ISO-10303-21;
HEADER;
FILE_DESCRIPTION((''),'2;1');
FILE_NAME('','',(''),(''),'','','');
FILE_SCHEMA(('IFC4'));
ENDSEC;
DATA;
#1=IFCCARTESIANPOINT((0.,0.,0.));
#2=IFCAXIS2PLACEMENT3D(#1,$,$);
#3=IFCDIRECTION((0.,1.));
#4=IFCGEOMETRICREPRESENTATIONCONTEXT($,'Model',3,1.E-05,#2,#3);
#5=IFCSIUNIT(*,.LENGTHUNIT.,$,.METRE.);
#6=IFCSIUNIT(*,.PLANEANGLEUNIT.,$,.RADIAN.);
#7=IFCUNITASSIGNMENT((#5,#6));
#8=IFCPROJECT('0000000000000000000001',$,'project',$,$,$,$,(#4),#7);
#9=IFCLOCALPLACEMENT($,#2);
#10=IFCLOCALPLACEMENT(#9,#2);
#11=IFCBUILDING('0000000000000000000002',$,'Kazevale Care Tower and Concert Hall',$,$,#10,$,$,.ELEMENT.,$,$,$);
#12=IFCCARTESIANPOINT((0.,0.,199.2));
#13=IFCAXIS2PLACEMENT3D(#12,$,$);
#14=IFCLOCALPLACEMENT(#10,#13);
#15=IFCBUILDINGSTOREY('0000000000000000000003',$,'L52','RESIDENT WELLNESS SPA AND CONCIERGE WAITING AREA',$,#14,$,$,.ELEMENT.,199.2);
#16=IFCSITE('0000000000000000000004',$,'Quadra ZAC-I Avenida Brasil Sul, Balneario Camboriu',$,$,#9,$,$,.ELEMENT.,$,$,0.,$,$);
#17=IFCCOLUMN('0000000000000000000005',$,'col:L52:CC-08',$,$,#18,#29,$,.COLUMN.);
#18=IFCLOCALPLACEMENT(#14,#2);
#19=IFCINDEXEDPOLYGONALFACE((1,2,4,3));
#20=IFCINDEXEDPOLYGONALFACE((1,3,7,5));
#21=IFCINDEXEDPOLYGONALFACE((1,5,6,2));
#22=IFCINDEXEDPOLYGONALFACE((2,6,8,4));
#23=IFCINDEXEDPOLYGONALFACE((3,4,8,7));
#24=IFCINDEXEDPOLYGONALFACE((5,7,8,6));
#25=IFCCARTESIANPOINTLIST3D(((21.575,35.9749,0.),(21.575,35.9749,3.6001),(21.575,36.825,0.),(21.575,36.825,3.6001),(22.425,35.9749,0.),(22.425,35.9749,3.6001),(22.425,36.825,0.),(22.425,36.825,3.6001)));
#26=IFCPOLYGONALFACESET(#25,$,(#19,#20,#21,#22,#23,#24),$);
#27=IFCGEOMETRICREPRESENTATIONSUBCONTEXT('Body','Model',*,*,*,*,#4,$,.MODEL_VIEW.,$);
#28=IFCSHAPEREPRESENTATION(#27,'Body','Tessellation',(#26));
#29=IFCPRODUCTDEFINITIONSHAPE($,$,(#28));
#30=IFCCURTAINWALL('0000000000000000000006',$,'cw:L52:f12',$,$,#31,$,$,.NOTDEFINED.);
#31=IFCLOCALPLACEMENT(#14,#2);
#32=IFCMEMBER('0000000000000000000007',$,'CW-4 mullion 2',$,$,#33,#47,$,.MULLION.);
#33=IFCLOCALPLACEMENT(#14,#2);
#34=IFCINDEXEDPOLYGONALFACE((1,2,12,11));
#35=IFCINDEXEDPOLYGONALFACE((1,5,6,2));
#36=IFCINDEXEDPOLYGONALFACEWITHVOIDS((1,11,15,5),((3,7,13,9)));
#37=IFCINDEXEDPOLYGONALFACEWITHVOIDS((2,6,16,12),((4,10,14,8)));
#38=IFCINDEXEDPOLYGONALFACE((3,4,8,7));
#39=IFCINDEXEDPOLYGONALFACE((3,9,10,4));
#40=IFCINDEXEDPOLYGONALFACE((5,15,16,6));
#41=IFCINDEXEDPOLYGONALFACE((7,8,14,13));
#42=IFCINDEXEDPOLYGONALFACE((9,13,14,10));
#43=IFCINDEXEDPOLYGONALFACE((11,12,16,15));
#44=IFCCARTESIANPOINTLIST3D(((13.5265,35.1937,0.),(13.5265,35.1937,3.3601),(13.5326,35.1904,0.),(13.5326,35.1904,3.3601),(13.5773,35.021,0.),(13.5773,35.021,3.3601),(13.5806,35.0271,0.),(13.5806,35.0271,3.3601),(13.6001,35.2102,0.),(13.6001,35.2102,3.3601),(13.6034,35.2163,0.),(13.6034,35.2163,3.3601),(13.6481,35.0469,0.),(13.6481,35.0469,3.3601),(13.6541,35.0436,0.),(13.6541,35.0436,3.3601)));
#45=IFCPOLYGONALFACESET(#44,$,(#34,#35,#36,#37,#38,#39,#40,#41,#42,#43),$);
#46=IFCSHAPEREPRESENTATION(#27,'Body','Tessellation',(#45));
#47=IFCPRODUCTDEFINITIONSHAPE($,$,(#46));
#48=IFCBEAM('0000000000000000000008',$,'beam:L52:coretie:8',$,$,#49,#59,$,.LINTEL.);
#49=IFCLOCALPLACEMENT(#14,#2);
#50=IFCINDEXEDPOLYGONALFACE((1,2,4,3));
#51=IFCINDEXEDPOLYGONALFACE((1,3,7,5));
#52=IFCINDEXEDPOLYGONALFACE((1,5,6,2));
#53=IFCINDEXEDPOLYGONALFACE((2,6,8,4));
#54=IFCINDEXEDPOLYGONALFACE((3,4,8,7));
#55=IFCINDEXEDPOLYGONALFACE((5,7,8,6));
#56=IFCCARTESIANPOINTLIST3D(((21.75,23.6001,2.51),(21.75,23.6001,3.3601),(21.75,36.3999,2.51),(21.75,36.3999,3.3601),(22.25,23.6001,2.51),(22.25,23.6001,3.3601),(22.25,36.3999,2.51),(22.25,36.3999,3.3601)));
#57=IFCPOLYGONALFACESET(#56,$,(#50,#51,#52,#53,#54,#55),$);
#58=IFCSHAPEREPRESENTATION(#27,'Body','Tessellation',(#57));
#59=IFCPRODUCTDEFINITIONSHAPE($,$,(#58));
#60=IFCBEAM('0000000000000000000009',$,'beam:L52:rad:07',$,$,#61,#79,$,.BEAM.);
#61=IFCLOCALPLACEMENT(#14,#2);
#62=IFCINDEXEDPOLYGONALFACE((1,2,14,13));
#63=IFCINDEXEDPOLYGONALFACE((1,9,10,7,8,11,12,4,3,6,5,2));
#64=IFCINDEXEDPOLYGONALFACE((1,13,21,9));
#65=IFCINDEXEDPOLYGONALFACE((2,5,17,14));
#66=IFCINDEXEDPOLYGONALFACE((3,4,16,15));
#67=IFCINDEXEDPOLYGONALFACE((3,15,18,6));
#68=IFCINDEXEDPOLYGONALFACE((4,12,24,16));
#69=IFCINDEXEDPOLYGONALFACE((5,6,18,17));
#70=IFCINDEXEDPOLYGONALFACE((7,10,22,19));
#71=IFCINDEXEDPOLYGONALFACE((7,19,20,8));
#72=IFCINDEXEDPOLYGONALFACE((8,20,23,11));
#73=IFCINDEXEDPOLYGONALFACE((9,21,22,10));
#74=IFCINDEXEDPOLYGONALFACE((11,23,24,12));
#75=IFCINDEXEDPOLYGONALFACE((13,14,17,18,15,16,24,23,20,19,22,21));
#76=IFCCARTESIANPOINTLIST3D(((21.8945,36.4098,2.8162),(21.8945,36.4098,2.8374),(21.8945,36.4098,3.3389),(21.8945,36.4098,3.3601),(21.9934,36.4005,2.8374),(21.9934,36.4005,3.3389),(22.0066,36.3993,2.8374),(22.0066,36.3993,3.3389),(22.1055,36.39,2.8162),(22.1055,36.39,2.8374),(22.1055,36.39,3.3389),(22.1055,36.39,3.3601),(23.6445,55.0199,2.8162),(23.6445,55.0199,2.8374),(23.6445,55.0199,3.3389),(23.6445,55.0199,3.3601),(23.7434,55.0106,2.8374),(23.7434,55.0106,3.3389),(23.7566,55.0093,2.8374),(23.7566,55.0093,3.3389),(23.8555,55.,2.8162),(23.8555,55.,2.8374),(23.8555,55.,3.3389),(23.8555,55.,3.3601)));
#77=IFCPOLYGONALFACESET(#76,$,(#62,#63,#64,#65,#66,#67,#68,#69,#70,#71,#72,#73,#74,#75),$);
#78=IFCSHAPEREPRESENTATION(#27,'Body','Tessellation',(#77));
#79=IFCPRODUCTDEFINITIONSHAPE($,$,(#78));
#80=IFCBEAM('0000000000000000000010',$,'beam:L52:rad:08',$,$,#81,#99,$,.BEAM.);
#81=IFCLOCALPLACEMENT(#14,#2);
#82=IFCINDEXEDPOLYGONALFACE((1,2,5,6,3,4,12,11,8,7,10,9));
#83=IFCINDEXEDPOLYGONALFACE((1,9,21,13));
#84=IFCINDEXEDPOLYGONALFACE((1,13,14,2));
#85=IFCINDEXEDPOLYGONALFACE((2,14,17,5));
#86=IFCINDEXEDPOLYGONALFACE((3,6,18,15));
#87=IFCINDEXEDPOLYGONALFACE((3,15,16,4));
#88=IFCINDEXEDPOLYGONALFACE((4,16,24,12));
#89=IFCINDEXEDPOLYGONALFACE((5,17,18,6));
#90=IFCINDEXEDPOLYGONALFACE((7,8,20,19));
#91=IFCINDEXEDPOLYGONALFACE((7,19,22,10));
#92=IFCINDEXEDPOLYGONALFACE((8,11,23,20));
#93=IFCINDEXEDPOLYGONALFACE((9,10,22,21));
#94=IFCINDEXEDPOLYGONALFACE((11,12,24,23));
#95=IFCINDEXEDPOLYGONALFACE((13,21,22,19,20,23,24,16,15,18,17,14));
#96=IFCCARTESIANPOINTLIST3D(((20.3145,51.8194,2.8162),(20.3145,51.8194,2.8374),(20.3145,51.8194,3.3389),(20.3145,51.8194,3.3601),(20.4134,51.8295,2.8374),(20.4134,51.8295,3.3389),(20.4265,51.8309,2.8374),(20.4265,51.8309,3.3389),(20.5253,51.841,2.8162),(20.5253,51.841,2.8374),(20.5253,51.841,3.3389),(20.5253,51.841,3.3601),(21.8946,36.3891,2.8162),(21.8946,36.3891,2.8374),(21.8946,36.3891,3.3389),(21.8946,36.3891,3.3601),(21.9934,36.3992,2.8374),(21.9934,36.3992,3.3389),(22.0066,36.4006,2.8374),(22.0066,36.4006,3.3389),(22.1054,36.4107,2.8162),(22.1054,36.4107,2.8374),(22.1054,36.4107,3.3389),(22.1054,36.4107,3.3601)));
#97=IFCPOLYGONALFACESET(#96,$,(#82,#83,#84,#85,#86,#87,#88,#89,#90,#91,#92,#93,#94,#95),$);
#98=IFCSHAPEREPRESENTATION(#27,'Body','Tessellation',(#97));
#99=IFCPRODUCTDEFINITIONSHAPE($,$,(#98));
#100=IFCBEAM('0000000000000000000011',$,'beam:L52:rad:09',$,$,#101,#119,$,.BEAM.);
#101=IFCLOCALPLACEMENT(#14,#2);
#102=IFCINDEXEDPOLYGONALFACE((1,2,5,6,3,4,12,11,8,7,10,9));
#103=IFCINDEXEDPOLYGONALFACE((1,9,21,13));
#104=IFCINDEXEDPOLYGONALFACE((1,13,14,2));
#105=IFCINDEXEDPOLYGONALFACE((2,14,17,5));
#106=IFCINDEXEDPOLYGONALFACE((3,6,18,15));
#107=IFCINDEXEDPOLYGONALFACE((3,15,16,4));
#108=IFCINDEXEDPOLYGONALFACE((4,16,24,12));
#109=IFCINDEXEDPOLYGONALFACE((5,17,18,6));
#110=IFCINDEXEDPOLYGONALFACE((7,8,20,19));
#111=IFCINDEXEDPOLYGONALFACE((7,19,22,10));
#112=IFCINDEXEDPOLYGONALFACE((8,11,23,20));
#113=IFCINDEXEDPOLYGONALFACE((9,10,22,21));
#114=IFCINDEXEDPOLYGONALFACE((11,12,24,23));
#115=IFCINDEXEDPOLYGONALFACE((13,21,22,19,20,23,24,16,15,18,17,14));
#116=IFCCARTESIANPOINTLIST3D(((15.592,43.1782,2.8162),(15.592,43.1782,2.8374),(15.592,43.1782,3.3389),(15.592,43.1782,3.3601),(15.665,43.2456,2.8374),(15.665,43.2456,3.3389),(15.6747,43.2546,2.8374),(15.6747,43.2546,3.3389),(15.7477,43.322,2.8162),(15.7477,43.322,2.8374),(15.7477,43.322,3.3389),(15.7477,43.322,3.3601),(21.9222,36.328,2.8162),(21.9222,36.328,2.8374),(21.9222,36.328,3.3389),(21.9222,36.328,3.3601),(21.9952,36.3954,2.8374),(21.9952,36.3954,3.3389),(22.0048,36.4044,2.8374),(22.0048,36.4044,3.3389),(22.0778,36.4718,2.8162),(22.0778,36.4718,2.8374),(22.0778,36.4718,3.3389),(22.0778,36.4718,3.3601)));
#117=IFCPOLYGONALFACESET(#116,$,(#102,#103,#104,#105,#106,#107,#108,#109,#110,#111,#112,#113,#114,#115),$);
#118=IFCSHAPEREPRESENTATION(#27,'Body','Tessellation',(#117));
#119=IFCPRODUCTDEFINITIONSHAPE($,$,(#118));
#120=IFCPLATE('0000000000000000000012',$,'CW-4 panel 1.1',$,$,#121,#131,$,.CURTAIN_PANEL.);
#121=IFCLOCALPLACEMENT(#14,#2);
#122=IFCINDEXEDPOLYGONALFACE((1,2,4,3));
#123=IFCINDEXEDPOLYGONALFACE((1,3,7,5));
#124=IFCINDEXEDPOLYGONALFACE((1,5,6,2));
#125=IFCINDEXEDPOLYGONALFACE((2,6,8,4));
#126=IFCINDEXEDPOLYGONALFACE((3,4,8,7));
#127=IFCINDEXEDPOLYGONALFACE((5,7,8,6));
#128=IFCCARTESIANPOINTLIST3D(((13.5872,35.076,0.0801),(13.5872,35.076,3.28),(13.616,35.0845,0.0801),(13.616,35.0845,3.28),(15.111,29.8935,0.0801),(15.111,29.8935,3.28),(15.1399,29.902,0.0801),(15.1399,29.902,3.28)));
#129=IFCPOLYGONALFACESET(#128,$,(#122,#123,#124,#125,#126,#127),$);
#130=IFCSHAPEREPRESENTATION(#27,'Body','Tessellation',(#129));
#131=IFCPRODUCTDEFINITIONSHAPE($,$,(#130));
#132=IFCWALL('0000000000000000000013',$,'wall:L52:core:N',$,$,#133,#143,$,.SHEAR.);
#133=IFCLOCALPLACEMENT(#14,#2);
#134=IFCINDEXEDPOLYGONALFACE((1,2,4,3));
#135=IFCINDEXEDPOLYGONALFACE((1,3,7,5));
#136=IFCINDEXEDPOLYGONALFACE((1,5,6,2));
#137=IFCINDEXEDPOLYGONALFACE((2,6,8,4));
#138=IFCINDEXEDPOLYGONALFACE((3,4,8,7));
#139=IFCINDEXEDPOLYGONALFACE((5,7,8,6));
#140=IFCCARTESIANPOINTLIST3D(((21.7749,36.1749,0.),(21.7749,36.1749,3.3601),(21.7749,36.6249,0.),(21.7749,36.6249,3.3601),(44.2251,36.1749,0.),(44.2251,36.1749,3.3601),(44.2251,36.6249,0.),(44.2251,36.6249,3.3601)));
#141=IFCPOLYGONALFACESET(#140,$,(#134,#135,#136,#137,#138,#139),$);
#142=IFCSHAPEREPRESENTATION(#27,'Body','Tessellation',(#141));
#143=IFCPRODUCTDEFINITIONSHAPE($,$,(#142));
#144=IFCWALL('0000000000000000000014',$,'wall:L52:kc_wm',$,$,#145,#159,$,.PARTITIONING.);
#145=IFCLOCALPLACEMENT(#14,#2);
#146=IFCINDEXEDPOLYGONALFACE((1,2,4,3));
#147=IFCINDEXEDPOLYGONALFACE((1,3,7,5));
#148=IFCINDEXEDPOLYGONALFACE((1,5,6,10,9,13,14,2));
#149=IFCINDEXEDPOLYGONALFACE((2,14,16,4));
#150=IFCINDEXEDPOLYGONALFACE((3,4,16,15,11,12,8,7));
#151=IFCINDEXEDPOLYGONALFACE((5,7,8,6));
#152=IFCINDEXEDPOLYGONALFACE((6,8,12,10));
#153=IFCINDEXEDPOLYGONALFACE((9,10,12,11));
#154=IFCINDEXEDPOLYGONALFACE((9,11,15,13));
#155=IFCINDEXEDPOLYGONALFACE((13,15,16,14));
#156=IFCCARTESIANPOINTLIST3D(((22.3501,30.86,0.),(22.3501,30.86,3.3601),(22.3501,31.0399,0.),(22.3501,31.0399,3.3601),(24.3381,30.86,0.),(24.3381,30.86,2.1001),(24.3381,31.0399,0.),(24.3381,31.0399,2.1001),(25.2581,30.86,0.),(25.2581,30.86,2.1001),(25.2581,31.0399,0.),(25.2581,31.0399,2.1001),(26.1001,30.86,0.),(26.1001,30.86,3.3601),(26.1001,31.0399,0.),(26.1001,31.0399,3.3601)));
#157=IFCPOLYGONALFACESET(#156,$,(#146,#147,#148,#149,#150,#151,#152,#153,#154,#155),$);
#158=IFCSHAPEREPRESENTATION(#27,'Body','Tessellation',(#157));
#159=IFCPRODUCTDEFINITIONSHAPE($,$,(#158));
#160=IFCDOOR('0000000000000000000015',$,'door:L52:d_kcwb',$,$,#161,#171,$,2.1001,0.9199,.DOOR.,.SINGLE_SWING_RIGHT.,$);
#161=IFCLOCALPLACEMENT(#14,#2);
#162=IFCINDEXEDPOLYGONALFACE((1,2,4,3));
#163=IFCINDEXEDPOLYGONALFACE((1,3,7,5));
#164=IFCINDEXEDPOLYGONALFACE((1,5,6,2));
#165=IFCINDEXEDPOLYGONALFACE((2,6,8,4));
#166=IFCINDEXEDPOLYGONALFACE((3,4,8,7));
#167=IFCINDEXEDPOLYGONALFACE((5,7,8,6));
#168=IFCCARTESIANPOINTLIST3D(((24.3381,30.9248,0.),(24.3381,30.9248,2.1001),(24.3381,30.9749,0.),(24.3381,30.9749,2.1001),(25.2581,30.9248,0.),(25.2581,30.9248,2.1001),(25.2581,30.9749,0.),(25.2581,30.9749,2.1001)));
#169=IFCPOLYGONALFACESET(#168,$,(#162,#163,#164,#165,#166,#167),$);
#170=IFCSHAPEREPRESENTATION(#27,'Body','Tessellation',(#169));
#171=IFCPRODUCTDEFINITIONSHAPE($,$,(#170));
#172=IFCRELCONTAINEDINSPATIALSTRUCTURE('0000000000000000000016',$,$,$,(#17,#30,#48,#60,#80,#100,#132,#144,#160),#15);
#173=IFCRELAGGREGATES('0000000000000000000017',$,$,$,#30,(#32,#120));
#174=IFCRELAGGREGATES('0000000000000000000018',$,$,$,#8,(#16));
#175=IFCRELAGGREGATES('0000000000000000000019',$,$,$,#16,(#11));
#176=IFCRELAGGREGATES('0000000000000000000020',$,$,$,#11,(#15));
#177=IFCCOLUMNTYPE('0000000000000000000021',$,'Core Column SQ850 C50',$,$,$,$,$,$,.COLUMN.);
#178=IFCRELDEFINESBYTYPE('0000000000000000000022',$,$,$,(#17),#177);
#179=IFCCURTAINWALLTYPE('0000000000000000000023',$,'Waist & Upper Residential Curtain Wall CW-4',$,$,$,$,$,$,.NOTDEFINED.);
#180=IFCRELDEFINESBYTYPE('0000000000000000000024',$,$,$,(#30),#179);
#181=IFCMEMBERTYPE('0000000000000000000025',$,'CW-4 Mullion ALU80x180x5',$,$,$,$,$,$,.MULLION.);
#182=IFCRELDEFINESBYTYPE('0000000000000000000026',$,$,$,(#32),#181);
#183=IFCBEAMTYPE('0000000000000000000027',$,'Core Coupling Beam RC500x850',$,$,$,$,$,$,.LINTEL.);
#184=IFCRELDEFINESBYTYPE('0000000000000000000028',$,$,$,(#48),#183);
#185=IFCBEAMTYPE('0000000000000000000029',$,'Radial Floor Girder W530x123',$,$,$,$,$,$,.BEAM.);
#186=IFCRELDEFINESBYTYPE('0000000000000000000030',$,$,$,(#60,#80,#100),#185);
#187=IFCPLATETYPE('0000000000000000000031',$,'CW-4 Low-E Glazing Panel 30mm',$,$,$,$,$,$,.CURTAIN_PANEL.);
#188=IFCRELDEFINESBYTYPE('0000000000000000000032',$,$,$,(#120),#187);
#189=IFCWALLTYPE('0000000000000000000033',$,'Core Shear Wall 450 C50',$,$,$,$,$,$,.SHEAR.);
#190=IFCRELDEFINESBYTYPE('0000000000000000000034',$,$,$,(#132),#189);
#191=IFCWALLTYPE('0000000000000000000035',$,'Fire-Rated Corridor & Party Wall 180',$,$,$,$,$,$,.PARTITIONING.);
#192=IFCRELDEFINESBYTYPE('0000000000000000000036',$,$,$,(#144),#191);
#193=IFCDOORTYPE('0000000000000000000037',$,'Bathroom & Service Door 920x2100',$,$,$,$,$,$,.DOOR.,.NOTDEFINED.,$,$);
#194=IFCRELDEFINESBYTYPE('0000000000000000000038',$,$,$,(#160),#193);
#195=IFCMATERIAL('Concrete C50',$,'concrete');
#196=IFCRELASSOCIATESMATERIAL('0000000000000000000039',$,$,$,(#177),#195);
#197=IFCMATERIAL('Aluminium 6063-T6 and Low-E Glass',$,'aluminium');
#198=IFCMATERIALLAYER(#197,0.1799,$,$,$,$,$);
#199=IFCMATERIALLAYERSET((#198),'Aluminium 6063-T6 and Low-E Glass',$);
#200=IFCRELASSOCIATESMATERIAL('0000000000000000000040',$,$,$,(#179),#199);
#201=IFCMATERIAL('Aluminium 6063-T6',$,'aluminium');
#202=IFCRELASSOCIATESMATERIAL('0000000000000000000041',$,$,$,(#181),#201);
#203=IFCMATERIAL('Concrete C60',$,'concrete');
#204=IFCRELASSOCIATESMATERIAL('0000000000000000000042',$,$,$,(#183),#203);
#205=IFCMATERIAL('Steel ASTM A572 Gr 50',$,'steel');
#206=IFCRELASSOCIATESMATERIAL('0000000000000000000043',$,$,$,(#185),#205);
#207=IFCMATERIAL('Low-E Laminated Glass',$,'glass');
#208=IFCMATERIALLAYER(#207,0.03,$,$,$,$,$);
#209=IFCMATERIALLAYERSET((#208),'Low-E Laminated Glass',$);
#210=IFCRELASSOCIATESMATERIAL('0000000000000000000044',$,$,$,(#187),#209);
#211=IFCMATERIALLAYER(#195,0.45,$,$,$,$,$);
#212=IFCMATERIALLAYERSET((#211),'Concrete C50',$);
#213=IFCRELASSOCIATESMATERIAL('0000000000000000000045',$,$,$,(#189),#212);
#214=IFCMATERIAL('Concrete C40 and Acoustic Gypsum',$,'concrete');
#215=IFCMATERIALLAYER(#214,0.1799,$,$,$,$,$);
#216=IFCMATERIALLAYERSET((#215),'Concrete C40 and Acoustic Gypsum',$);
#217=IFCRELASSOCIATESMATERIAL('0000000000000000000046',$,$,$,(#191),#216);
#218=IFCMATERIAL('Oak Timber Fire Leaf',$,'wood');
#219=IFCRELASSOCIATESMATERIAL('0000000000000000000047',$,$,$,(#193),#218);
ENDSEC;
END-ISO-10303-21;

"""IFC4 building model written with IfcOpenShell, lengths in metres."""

from ifc_helpers import new_model, si_unit, direction, frame, frame_2d, origin, origin_2d, place, context, subcontext, project, spatial, rectangle, hollow_rectangle, i_section, extrude, material, layer, layer_set, material_profile, profile_set, type_object, element, fill, aggregate, save


model = new_model("IFC4")

# Units and contexts
model_context = context("Model", 3, precision=1e-05, world=origin(), true_north=direction((0.0, 1.0)))
body_context = subcontext(model_context, "Body", "Model", "MODEL_VIEW")
ifc_project = project(units=[si_unit("LENGTHUNIT", "METRE"), si_unit("PLANEANGLEUNIT", "RADIAN")], contexts=[model_context])

# Site, building, storey
site_placement = place(None, origin())
site = spatial("IfcSite", under=ifc_project, at=site_placement, Name="Quadra ZAC-I Avenida Brasil Sul, Balneario Camboriu", CompositionType="ELEMENT", RefElevation=0.0)
building_placement = place(site_placement, origin())
building = spatial("IfcBuilding", under=site, at=building_placement, Name="Kazevale Care Tower and Concert Hall", CompositionType="ELEMENT")
storey_placement = place(building_placement, frame((0.0, 0.0, 199.2)))
storey = spatial("IfcBuildingStorey", under=building, at=storey_placement, Name="L52", Description="RESIDENT WELLNESS SPA AND CONCIERGE WAITING AREA", CompositionType="ELEMENT", Elevation=199.2)

# Column
ifc_material_1 = material(Name="Concrete C50", Category="concrete")
ifc_material_profile_1 = material_profile(ifc_material_1, rectangle(XDim=0.8501, YDim=0.8501, at=origin_2d()), Name="RC-SQ850")
ifc_profile_set_1 = profile_set([ifc_material_profile_1], Name="Concrete C50")
column_type = type_object("IfcColumnType", Name="Core Column SQ850 C50", PredefinedType="COLUMN", material=ifc_profile_set_1)
column_placement = place(storey_placement, frame((22.0, 36.3999, 0.0), z_axis=(0.0, 0.0, 1.0), x_axis=(1.0, 0.0, 0.0)))
element("IfcColumn", 1, at=column_placement, inside=storey, type_object=column_type, Name="col:L52:CC-08", PredefinedType="COLUMN", context=body_context, shape_type="SweptSolid", body=[
    extrude(rectangle(XDim=0.8501, YDim=0.8501, at=origin_2d()), origin(), (0.0, 0.0, 1.0), 3.6001),
])

# Curtain wall, member
ifc_material_2 = material(Name="Aluminium 6063-T6 and Low-E Glass", Category="aluminium")
ifc_layer_1 = layer(ifc_material_2, 0.1799)
ifc_layer_set_1 = layer_set([ifc_layer_1], Name="Aluminium 6063-T6 and Low-E Glass")
curtain_wall_type = type_object("IfcCurtainWallType", Name="Waist & Upper Residential Curtain Wall CW-4", PredefinedType="NOTDEFINED", material=ifc_layer_set_1)
curtain_wall_placement = place(storey_placement, origin())
curtain_wall = element("IfcCurtainWall", 2, at=curtain_wall_placement, inside=storey, type_object=curtain_wall_type, Name="cw:L52:f12", PredefinedType="NOTDEFINED")
ifc_material_3 = material(Name="Aluminium 6063-T6", Category="aluminium")
ifc_material_profile_2 = material_profile(ifc_material_3, hollow_rectangle(XDim=0.0801, YDim=0.1799, WallThickness=0.0049, at=origin_2d()), Name="ALU80x180x5")
ifc_profile_set_2 = profile_set([ifc_material_profile_2], Name="Aluminium 6063-T6")
member_type = type_object("IfcMemberType", Name="CW-4 Mullion ALU80x180x5", PredefinedType="MULLION", material=ifc_profile_set_2)
member_placement = place(storey_placement, frame((13.5903, 35.1187, 0.0), z_axis=(0.0, 0.0, 1.0), x_axis=(-0.959386, -0.282098, 0.0)))
member = element("IfcMember", 3, at=member_placement, type_object=member_type, Name="CW-4 mullion 2", PredefinedType="MULLION", context=body_context, shape_type="SweptSolid", body=[
    extrude(hollow_rectangle(XDim=0.0801, YDim=0.1799, WallThickness=0.0049, at=origin_2d()), origin(), (0.0, 0.0, 1.0), 3.3601),
])

# Beams
ifc_material_4 = material(Name="Concrete C60", Category="concrete")
ifc_material_profile_3 = material_profile(ifc_material_4, rectangle(XDim=0.5, YDim=0.8501, at=origin_2d()), Name="RC-B500x850")
ifc_profile_set_3 = profile_set([ifc_material_profile_3], Name="Concrete C60")
beam_type_1 = type_object("IfcBeamType", Name="Core Coupling Beam RC500x850", PredefinedType="LINTEL", material=ifc_profile_set_3)
beam_1_placement = place(storey_placement, frame((22.0, 36.3999, 2.9351), z_axis=(0.0, -1.0, 0.0), x_axis=(1.0, 0.0, 0.0)))
element("IfcBeam", 4, at=beam_1_placement, inside=storey, type_object=beam_type_1, Name="beam:L52:coretie:8", PredefinedType="LINTEL", context=body_context, shape_type="SweptSolid", body=[
    extrude(rectangle(XDim=0.5, YDim=0.8501, at=origin_2d()), origin(), (0.0, 0.0, 1.0), 12.7998),
])
ifc_material_5 = material(Name="Steel ASTM A572 Gr 50", Category="steel")
ifc_material_profile_4 = material_profile(ifc_material_5, i_section(OverallWidth=0.2119, OverallDepth=0.5439, WebThickness=0.0132, FlangeThickness=0.0212, at=origin_2d()), Name="W530x123")
ifc_profile_set_4 = profile_set([ifc_material_profile_4], Name="Steel ASTM A572 Gr 50")
beam_type_2 = type_object("IfcBeamType", Name="Radial Floor Girder W530x123", PredefinedType="BEAM", material=ifc_profile_set_4)
beam_2_placement = place(storey_placement, frame((22.0, 36.3999, 3.0881), z_axis=(0.093622, 0.995608, 0.0), x_axis=(-0.995608, 0.093622, 0.0)))
element("IfcBeam", 5, at=beam_2_placement, inside=storey, type_object=beam_type_2, Name="beam:L52:rad:07", PredefinedType="BEAM", context=body_context, shape_type="SweptSolid", body=[
    extrude(i_section(OverallWidth=0.2119, OverallDepth=0.5439, WebThickness=0.0132, FlangeThickness=0.0212, at=origin_2d()), origin(), (0.0, 0.0, 1.0), 18.6921),
])
beam_3_placement = place(storey_placement, frame((22.0, 36.3999, 3.0881), z_axis=(-0.101869, 0.994798, 0.0), x_axis=(-0.994798, -0.101869, 0.0)))
element("IfcBeam", 6, at=beam_3_placement, inside=storey, type_object=beam_type_2, Name="beam:L52:rad:08", PredefinedType="BEAM", context=body_context, shape_type="SweptSolid", body=[
    extrude(i_section(OverallWidth=0.2119, OverallDepth=0.5439, WebThickness=0.0132, FlangeThickness=0.0212, at=origin_2d()), origin(), (0.0, 0.0, 1.0), 15.511),
])
beam_4_placement = place(storey_placement, frame((22.0, 36.3999, 3.0881), z_axis=(-0.67868, 0.734434, 0.0), x_axis=(-0.734434, -0.67868, 0.0)))
element("IfcBeam", 7, at=beam_4_placement, inside=storey, type_object=beam_type_2, Name="beam:L52:rad:09", PredefinedType="BEAM", context=body_context, shape_type="SweptSolid", body=[
    extrude(i_section(OverallWidth=0.2119, OverallDepth=0.5439, WebThickness=0.0132, FlangeThickness=0.0212, at=origin_2d()), origin(), (0.0, 0.0, 1.0), 9.3271),
])

# Plate
ifc_material_6 = material(Name="Low-E Laminated Glass", Category="glass")
ifc_layer_2 = layer(ifc_material_6, 0.03)
ifc_layer_set_2 = layer_set([ifc_layer_2], Name="Low-E Laminated Glass")
plate_type = type_object("IfcPlateType", Name="CW-4 Low-E Glazing Panel 30mm", PredefinedType="CURTAIN_PANEL", material=ifc_layer_set_2)
plate_placement = place(storey_placement, frame((14.3635, 32.489, 0.0801), z_axis=(0.0, 0.0, 1.0), x_axis=(-0.282098, 0.959386, 0.0)))
plate = element("IfcPlate", 8, at=plate_placement, type_object=plate_type, Name="CW-4 panel 1.1", PredefinedType="CURTAIN_PANEL", context=body_context, shape_type="SweptSolid", body=[
    extrude(rectangle(XDim=5.4019, YDim=0.03, at=origin_2d()), origin(), (0.0, 0.0, 1.0), 3.2),
])
aggregate(curtain_wall, [member, plate])

# Wall
ifc_layer_3 = layer(ifc_material_1, 0.45)
ifc_layer_set_3 = layer_set([ifc_layer_3], Name="Concrete C50")
wall_type_1 = type_object("IfcWallType", Name="Core Shear Wall 450 C50", PredefinedType="SHEAR", material=ifc_layer_set_3)
wall_1_placement = place(storey_placement, frame((21.7749, 36.3999, 0.0), z_axis=(0.0, 0.0, 1.0), x_axis=(1.0, 0.0, 0.0)))
element("IfcWall", 9, at=wall_1_placement, inside=storey, type_object=wall_type_1, Name="wall:L52:core:N", PredefinedType="SHEAR", context=body_context, shape_type="SweptSolid", body=[
    extrude(rectangle(XDim=22.4502, YDim=0.45, at=frame_2d((11.2251, 0.0))), origin(), (0.0, 0.0, 1.0), 3.3601),
])

# Wall, opening, door
ifc_material_7 = material(Name="Concrete C40 and Acoustic Gypsum", Category="concrete")
ifc_layer_4 = layer(ifc_material_7, 0.1799)
ifc_layer_set_4 = layer_set([ifc_layer_4], Name="Concrete C40 and Acoustic Gypsum")
wall_type_2 = type_object("IfcWallType", Name="Fire-Rated Corridor & Party Wall 180", PredefinedType="PARTITIONING", material=ifc_layer_set_4)
wall_2_placement = place(storey_placement, frame((22.3501, 30.95, 0.0), z_axis=(0.0, 0.0, 1.0), x_axis=(1.0, 0.0, 0.0)))
wall_2 = element("IfcWall", 10, at=wall_2_placement, inside=storey, type_object=wall_type_2, Name="wall:L52:kc_wm", PredefinedType="PARTITIONING", context=body_context, shape_type="SweptSolid", body=[
    extrude(rectangle(XDim=3.75, YDim=0.1799, at=frame_2d((1.875, 0.0))), origin(), (0.0, 0.0, 1.0), 3.3601),
])
opening_1_placement = place(wall_2_placement, frame((1.988, 0.0, 0.0)))
opening_1 = element("IfcOpeningElement", 11, at=opening_1_placement, cuts=wall_2, PredefinedType="OPENING", context=body_context, shape_type="SweptSolid", body=[
    extrude(rectangle(XDim=0.9199, YDim=2.1001, at=frame_2d((0.46, 1.05))), frame((0.0, 0.0999, 0.0), z_axis=(0.0, -1.0, 0.0), x_axis=(1.0, 0.0, 0.0)), (0.0, 0.0, 1.0), 0.2),
])
ifc_material_8 = material(Name="Oak Timber Fire Leaf", Category="wood")
door_type_1 = type_object("IfcDoorType", Name="Bathroom & Service Door 920x2100", OperationType="NOTDEFINED", PredefinedType="DOOR", material=ifc_material_8)
door_1_placement = place(opening_1_placement, origin())
door_1 = element("IfcDoor", 12, at=door_1_placement, inside=storey, type_object=door_type_1, Name="door:L52:d_kcwb", OperationType="SINGLE_SWING_RIGHT", OverallHeight=2.1001, OverallWidth=0.9199, PredefinedType="DOOR", context=body_context, shape_type="SweptSolid", body=[
    extrude(rectangle(XDim=0.9199, YDim=2.1001, at=frame_2d((0.46, 1.05))), frame((0.0, 0.0249, 0.0), z_axis=(0.0, -1.0, 0.0), x_axis=(1.0, 0.0, 0.0)), (0.0, 0.0, 1.0), 0.05),
])
fill(opening_1, door_1)

save(model, "model.ifc")
